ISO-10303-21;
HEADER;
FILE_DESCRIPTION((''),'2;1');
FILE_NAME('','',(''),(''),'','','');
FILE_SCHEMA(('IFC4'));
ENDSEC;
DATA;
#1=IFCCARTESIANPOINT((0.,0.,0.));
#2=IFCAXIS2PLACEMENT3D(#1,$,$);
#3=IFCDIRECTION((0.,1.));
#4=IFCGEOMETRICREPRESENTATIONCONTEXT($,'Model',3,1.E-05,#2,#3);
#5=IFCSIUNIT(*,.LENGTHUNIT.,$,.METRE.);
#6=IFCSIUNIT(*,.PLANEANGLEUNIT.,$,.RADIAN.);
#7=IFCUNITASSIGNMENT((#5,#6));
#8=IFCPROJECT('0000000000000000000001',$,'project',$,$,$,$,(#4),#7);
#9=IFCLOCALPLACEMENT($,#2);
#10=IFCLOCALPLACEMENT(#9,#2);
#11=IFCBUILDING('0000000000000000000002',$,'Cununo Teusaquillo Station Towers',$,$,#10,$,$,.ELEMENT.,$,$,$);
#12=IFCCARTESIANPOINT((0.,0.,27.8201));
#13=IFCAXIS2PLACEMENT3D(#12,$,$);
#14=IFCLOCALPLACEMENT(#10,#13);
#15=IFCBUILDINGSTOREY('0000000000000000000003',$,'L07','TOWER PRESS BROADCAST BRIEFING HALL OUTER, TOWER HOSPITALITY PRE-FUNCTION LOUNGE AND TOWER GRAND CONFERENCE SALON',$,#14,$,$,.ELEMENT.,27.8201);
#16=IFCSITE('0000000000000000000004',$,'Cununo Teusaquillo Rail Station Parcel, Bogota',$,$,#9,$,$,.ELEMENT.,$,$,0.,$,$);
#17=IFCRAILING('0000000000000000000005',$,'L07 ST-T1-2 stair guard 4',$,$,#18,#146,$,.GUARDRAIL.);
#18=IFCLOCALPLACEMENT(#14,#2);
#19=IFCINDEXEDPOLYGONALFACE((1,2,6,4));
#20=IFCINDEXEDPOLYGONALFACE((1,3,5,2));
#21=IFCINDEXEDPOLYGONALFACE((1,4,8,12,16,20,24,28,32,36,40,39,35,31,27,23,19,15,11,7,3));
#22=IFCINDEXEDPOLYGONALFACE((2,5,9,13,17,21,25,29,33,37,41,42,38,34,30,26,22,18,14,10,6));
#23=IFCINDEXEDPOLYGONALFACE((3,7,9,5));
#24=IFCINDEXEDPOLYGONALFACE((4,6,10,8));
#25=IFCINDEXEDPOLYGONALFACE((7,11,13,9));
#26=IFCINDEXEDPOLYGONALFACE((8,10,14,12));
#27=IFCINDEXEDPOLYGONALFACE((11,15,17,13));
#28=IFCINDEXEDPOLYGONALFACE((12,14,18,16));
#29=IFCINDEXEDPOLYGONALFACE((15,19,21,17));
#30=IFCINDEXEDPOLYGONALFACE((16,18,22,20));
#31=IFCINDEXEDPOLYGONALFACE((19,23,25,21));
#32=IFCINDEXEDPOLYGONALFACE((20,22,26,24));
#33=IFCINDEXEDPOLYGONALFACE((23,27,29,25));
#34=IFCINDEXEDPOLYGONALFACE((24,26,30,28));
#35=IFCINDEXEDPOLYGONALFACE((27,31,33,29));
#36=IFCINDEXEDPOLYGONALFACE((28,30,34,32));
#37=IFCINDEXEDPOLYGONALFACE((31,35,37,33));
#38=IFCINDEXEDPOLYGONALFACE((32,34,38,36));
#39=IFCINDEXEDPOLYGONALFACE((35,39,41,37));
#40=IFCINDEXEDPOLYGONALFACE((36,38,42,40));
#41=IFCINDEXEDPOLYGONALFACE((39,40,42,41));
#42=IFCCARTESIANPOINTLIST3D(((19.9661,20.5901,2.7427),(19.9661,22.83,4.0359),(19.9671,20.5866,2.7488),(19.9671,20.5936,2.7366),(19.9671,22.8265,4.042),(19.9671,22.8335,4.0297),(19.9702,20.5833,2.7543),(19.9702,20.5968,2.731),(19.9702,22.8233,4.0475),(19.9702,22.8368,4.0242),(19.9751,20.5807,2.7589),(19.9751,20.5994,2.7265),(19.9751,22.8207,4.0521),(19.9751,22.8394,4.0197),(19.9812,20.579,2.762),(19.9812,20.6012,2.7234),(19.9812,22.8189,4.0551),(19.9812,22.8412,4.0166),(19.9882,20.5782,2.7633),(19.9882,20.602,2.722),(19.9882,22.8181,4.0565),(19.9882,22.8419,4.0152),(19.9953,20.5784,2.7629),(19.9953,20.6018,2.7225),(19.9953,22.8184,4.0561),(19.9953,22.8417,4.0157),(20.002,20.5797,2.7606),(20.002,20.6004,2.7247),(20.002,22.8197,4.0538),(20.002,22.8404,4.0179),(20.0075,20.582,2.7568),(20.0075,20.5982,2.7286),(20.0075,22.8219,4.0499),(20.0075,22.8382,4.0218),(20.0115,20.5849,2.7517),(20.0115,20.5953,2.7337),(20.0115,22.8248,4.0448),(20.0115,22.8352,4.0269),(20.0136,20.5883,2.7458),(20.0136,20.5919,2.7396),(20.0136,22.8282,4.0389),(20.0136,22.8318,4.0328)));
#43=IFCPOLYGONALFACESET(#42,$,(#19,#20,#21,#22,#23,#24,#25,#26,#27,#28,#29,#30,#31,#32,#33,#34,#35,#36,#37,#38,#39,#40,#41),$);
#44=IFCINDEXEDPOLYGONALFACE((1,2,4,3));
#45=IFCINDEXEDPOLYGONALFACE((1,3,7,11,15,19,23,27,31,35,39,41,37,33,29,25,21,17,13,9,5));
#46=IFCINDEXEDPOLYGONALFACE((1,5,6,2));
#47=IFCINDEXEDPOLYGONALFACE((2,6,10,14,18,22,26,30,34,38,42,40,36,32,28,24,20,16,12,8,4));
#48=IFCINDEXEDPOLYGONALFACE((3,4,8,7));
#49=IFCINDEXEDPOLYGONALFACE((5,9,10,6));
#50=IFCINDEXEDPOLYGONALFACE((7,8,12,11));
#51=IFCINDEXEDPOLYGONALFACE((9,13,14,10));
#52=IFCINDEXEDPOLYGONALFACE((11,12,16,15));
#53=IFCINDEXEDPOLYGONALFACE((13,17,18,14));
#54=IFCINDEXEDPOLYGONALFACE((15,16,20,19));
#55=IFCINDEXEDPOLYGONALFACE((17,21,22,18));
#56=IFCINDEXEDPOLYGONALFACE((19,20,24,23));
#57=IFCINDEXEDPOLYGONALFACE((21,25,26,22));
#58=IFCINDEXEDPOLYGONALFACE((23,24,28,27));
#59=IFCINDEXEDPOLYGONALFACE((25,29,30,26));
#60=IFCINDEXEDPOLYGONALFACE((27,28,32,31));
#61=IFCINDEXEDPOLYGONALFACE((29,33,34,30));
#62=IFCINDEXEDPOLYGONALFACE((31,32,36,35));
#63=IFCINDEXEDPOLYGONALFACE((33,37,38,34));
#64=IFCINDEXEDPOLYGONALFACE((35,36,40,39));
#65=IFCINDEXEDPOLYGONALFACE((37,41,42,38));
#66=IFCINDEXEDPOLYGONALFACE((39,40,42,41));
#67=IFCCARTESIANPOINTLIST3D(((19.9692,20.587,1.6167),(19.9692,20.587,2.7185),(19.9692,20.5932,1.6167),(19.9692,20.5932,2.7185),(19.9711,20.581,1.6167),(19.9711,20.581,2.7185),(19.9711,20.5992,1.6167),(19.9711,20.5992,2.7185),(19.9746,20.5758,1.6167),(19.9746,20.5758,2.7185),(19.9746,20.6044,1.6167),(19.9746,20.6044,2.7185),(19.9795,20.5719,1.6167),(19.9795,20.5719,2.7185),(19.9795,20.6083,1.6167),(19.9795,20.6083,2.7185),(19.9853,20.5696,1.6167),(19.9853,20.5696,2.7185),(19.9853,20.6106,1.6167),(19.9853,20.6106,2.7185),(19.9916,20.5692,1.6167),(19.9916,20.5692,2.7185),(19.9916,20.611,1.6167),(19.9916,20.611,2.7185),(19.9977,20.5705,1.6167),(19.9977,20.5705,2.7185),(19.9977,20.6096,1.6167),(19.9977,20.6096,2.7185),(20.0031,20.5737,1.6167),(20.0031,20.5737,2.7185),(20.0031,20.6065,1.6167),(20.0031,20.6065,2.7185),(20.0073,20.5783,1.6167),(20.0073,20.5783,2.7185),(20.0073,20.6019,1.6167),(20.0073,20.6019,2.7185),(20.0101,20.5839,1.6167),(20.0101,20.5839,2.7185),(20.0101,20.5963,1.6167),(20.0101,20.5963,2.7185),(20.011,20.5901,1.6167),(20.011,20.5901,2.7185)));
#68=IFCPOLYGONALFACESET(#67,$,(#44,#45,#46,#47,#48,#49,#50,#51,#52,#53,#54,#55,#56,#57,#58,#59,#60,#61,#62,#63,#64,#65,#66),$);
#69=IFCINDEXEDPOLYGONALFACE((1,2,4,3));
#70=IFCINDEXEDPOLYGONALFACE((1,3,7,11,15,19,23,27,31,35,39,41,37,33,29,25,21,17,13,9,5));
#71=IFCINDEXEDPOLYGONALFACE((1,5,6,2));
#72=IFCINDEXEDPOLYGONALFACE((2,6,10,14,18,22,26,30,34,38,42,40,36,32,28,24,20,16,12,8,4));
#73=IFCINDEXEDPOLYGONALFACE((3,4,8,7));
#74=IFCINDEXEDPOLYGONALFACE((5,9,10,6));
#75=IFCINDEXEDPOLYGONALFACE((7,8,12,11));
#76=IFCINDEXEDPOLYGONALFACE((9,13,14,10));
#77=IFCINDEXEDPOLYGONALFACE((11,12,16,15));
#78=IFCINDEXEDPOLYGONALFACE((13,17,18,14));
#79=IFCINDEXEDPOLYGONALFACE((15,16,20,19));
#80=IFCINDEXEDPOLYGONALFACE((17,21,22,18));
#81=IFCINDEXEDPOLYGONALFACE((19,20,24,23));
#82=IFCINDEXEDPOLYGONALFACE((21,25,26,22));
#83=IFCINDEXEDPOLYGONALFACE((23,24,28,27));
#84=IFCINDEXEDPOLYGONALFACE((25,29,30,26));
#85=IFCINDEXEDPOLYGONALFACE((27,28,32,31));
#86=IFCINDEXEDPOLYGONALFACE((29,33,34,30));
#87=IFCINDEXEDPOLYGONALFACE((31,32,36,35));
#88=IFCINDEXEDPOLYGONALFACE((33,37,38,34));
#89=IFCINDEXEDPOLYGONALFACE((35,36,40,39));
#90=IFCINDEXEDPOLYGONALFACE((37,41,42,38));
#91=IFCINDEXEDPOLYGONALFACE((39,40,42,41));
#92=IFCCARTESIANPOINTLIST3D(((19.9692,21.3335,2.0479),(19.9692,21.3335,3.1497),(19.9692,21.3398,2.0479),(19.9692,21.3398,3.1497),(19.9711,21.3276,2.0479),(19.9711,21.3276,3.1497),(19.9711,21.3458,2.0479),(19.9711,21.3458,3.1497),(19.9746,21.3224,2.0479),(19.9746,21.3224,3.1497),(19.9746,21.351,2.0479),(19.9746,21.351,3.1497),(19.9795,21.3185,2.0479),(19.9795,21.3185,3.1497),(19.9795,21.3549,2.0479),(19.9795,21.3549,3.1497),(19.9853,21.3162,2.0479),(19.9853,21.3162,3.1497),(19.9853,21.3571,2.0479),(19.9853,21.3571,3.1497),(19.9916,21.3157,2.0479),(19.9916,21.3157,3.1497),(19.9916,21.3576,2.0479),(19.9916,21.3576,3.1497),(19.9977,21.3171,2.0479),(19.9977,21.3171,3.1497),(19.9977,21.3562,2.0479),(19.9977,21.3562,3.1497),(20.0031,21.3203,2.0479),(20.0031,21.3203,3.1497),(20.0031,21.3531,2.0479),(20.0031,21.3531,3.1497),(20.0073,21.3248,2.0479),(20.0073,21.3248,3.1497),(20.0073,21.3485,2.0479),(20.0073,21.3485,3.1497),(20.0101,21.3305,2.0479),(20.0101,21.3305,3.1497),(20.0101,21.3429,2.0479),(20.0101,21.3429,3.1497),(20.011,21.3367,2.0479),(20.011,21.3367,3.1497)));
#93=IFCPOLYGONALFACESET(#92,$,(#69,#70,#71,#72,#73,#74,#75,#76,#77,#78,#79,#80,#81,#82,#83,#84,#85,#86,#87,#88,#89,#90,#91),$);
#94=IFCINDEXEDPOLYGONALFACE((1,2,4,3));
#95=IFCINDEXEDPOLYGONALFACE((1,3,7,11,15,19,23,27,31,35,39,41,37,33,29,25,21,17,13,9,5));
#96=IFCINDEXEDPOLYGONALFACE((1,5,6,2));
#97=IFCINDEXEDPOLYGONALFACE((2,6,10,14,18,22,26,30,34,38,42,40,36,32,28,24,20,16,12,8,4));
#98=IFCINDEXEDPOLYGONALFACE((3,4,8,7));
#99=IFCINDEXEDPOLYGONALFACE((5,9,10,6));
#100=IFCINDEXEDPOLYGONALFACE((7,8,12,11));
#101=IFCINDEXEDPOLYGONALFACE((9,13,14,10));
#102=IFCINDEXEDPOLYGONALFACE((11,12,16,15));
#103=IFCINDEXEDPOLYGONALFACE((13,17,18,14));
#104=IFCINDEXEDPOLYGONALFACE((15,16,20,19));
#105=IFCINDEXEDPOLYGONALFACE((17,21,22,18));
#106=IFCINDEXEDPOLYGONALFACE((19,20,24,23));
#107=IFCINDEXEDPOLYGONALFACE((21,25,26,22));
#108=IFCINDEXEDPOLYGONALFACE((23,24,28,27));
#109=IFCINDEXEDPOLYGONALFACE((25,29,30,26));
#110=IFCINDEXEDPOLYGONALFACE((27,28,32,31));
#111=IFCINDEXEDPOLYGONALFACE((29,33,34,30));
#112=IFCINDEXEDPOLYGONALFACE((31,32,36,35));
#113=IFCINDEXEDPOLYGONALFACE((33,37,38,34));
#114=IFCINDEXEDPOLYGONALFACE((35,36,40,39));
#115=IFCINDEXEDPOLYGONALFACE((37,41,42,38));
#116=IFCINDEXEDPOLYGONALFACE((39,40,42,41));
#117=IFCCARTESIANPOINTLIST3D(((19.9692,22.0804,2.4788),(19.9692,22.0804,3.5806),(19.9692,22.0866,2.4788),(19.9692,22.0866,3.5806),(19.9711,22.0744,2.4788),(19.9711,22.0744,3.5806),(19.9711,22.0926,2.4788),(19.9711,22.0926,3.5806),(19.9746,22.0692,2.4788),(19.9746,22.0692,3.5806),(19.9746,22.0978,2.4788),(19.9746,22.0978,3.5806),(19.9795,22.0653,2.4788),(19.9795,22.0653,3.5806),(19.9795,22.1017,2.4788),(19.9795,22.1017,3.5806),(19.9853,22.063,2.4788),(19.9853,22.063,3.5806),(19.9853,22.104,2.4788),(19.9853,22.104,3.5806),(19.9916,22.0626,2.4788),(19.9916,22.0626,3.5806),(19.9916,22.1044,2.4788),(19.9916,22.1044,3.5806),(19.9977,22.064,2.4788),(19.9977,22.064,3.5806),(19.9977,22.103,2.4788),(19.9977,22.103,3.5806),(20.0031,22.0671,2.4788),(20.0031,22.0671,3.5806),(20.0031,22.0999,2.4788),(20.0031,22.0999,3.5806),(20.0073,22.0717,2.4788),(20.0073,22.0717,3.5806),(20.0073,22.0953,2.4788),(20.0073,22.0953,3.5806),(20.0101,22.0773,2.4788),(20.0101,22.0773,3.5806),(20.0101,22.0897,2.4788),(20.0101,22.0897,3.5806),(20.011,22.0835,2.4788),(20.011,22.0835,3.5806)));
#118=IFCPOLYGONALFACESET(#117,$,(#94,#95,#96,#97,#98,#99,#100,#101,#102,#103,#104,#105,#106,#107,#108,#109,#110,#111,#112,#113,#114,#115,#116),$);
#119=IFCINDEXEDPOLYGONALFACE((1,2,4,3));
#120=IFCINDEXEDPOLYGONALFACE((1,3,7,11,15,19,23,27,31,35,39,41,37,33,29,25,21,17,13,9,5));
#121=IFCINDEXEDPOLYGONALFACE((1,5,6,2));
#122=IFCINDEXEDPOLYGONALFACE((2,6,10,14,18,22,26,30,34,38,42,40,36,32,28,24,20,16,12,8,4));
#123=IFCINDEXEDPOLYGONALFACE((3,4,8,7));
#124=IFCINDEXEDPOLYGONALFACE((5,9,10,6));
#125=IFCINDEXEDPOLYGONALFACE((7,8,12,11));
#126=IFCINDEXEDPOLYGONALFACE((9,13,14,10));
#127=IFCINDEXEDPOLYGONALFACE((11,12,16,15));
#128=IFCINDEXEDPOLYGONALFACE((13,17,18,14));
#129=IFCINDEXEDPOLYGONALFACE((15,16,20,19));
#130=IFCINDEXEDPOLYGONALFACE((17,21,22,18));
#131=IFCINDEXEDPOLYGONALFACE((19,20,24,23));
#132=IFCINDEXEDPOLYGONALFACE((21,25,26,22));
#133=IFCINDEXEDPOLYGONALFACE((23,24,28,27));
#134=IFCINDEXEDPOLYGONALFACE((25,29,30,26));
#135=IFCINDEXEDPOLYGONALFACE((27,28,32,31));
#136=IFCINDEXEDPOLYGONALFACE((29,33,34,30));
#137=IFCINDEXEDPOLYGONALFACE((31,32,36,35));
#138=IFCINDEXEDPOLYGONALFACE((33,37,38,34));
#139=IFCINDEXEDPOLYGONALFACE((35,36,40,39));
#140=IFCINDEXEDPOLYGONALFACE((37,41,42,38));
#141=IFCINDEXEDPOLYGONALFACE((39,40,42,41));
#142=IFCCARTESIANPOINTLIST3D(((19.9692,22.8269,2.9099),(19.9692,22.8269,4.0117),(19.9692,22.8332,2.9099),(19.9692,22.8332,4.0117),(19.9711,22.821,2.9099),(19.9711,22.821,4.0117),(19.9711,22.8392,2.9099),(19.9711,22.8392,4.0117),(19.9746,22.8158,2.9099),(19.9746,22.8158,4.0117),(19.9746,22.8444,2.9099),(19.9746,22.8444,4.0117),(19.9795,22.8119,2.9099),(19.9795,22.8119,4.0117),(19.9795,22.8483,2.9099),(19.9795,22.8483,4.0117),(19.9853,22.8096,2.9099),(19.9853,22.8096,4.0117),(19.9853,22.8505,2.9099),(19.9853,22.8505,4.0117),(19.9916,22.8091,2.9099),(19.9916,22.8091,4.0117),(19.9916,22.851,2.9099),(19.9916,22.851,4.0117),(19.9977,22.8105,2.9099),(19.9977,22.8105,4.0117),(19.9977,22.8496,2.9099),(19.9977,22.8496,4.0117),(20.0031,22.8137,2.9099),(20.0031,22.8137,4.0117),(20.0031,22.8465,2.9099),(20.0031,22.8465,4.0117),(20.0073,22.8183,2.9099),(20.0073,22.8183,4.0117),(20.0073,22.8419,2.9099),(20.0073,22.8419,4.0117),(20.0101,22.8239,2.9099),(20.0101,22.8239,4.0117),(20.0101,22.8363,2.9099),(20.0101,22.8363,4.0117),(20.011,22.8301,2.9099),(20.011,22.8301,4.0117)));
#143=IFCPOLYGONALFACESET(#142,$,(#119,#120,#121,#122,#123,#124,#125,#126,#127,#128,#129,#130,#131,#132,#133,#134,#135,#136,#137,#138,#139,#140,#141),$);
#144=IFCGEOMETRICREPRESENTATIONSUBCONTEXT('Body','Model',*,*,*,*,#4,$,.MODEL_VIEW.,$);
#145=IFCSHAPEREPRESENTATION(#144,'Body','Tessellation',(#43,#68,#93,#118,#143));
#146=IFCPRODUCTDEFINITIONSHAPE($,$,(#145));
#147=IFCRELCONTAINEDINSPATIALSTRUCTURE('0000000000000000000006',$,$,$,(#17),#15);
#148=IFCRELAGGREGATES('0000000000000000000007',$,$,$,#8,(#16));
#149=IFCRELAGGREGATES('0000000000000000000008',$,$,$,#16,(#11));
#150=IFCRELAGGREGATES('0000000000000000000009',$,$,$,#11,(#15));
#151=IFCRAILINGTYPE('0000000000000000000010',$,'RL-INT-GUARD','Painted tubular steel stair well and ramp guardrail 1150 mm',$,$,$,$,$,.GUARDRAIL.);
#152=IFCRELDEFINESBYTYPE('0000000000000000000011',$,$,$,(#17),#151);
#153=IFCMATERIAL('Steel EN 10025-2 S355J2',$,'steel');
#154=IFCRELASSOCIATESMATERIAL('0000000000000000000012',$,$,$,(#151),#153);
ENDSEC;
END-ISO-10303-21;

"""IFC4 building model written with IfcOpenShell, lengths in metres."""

from ifc_helpers import new_model, si_unit, direction, frame, origin, origin_2d, place, context, subcontext, project, spatial, circle, extrude, material, type_object, element, save


model = new_model("IFC4")

# Units and contexts
model_context = context("Model", 3, precision=1e-05, world=origin(), true_north=direction((0.0, 1.0)))
body_context = subcontext(model_context, "Body", "Model", "MODEL_VIEW")
ifc_project = project(units=[si_unit("LENGTHUNIT", "METRE"), si_unit("PLANEANGLEUNIT", "RADIAN")], contexts=[model_context])

# Site, building, storey
site_placement = place(None, origin())
site = spatial("IfcSite", under=ifc_project, at=site_placement, Name="Cununo Teusaquillo Rail Station Parcel, Bogota", CompositionType="ELEMENT", RefElevation=0.0)
building_placement = place(site_placement, origin())
building = spatial("IfcBuilding", under=site, at=building_placement, Name="Cununo Teusaquillo Station Towers", CompositionType="ELEMENT")
storey_placement = place(building_placement, frame((0.0, 0.0, 27.8201)))
storey = spatial("IfcBuildingStorey", under=building, at=storey_placement, Name="L07", Description="TOWER PRESS BROADCAST BRIEFING HALL OUTER, TOWER HOSPITALITY PRE-FUNCTION LOUNGE AND TOWER GRAND CONFERENCE SALON", CompositionType="ELEMENT", Elevation=27.8201)

# Railing
ifc_material_1 = material(Name="Steel EN 10025-2 S355J2", Category="steel")
railing_type_1 = type_object("IfcRailingType", Name="RL-INT-GUARD", Description="Painted tubular steel stair well and ramp guardrail 1150 mm", PredefinedType="GUARDRAIL", material=ifc_material_1)
railing_1_placement = place(storey_placement, frame((19.99, 20.5901, 1.6167)))
element("IfcRailing", 1, at=railing_1_placement, inside=storey, type_object=railing_type_1, Name="L07 ST-T1-2 stair guard 4", PredefinedType="GUARDRAIL", context=body_context, shape_type="SweptSolid", body=[
    extrude(circle(Radius=0.0239, at=origin_2d()), frame((0.0, 0.0, 1.126), z_axis=(0.0, 0.866033, 0.499987), x_axis=(-1.0, 0.0, 0.0)), (0.0, 0.0, 1.0), 2.5864),
    extrude(circle(Radius=0.021, at=origin_2d()), origin(), (0.0, 0.0, 1.0), 1.1018),
    extrude(circle(Radius=0.021, at=origin_2d()), frame((0.0, 0.7466, 0.4312)), (0.0, 0.0, 1.0), 1.1018),
    extrude(circle(Radius=0.021, at=origin_2d()), frame((0.0, 1.4934, 0.8621)), (0.0, 0.0, 1.0), 1.1018),
    extrude(circle(Radius=0.021, at=origin_2d()), frame((0.0, 2.24, 1.2932)), (0.0, 0.0, 1.0), 1.1018),
])

save(model, "model.ifc")
